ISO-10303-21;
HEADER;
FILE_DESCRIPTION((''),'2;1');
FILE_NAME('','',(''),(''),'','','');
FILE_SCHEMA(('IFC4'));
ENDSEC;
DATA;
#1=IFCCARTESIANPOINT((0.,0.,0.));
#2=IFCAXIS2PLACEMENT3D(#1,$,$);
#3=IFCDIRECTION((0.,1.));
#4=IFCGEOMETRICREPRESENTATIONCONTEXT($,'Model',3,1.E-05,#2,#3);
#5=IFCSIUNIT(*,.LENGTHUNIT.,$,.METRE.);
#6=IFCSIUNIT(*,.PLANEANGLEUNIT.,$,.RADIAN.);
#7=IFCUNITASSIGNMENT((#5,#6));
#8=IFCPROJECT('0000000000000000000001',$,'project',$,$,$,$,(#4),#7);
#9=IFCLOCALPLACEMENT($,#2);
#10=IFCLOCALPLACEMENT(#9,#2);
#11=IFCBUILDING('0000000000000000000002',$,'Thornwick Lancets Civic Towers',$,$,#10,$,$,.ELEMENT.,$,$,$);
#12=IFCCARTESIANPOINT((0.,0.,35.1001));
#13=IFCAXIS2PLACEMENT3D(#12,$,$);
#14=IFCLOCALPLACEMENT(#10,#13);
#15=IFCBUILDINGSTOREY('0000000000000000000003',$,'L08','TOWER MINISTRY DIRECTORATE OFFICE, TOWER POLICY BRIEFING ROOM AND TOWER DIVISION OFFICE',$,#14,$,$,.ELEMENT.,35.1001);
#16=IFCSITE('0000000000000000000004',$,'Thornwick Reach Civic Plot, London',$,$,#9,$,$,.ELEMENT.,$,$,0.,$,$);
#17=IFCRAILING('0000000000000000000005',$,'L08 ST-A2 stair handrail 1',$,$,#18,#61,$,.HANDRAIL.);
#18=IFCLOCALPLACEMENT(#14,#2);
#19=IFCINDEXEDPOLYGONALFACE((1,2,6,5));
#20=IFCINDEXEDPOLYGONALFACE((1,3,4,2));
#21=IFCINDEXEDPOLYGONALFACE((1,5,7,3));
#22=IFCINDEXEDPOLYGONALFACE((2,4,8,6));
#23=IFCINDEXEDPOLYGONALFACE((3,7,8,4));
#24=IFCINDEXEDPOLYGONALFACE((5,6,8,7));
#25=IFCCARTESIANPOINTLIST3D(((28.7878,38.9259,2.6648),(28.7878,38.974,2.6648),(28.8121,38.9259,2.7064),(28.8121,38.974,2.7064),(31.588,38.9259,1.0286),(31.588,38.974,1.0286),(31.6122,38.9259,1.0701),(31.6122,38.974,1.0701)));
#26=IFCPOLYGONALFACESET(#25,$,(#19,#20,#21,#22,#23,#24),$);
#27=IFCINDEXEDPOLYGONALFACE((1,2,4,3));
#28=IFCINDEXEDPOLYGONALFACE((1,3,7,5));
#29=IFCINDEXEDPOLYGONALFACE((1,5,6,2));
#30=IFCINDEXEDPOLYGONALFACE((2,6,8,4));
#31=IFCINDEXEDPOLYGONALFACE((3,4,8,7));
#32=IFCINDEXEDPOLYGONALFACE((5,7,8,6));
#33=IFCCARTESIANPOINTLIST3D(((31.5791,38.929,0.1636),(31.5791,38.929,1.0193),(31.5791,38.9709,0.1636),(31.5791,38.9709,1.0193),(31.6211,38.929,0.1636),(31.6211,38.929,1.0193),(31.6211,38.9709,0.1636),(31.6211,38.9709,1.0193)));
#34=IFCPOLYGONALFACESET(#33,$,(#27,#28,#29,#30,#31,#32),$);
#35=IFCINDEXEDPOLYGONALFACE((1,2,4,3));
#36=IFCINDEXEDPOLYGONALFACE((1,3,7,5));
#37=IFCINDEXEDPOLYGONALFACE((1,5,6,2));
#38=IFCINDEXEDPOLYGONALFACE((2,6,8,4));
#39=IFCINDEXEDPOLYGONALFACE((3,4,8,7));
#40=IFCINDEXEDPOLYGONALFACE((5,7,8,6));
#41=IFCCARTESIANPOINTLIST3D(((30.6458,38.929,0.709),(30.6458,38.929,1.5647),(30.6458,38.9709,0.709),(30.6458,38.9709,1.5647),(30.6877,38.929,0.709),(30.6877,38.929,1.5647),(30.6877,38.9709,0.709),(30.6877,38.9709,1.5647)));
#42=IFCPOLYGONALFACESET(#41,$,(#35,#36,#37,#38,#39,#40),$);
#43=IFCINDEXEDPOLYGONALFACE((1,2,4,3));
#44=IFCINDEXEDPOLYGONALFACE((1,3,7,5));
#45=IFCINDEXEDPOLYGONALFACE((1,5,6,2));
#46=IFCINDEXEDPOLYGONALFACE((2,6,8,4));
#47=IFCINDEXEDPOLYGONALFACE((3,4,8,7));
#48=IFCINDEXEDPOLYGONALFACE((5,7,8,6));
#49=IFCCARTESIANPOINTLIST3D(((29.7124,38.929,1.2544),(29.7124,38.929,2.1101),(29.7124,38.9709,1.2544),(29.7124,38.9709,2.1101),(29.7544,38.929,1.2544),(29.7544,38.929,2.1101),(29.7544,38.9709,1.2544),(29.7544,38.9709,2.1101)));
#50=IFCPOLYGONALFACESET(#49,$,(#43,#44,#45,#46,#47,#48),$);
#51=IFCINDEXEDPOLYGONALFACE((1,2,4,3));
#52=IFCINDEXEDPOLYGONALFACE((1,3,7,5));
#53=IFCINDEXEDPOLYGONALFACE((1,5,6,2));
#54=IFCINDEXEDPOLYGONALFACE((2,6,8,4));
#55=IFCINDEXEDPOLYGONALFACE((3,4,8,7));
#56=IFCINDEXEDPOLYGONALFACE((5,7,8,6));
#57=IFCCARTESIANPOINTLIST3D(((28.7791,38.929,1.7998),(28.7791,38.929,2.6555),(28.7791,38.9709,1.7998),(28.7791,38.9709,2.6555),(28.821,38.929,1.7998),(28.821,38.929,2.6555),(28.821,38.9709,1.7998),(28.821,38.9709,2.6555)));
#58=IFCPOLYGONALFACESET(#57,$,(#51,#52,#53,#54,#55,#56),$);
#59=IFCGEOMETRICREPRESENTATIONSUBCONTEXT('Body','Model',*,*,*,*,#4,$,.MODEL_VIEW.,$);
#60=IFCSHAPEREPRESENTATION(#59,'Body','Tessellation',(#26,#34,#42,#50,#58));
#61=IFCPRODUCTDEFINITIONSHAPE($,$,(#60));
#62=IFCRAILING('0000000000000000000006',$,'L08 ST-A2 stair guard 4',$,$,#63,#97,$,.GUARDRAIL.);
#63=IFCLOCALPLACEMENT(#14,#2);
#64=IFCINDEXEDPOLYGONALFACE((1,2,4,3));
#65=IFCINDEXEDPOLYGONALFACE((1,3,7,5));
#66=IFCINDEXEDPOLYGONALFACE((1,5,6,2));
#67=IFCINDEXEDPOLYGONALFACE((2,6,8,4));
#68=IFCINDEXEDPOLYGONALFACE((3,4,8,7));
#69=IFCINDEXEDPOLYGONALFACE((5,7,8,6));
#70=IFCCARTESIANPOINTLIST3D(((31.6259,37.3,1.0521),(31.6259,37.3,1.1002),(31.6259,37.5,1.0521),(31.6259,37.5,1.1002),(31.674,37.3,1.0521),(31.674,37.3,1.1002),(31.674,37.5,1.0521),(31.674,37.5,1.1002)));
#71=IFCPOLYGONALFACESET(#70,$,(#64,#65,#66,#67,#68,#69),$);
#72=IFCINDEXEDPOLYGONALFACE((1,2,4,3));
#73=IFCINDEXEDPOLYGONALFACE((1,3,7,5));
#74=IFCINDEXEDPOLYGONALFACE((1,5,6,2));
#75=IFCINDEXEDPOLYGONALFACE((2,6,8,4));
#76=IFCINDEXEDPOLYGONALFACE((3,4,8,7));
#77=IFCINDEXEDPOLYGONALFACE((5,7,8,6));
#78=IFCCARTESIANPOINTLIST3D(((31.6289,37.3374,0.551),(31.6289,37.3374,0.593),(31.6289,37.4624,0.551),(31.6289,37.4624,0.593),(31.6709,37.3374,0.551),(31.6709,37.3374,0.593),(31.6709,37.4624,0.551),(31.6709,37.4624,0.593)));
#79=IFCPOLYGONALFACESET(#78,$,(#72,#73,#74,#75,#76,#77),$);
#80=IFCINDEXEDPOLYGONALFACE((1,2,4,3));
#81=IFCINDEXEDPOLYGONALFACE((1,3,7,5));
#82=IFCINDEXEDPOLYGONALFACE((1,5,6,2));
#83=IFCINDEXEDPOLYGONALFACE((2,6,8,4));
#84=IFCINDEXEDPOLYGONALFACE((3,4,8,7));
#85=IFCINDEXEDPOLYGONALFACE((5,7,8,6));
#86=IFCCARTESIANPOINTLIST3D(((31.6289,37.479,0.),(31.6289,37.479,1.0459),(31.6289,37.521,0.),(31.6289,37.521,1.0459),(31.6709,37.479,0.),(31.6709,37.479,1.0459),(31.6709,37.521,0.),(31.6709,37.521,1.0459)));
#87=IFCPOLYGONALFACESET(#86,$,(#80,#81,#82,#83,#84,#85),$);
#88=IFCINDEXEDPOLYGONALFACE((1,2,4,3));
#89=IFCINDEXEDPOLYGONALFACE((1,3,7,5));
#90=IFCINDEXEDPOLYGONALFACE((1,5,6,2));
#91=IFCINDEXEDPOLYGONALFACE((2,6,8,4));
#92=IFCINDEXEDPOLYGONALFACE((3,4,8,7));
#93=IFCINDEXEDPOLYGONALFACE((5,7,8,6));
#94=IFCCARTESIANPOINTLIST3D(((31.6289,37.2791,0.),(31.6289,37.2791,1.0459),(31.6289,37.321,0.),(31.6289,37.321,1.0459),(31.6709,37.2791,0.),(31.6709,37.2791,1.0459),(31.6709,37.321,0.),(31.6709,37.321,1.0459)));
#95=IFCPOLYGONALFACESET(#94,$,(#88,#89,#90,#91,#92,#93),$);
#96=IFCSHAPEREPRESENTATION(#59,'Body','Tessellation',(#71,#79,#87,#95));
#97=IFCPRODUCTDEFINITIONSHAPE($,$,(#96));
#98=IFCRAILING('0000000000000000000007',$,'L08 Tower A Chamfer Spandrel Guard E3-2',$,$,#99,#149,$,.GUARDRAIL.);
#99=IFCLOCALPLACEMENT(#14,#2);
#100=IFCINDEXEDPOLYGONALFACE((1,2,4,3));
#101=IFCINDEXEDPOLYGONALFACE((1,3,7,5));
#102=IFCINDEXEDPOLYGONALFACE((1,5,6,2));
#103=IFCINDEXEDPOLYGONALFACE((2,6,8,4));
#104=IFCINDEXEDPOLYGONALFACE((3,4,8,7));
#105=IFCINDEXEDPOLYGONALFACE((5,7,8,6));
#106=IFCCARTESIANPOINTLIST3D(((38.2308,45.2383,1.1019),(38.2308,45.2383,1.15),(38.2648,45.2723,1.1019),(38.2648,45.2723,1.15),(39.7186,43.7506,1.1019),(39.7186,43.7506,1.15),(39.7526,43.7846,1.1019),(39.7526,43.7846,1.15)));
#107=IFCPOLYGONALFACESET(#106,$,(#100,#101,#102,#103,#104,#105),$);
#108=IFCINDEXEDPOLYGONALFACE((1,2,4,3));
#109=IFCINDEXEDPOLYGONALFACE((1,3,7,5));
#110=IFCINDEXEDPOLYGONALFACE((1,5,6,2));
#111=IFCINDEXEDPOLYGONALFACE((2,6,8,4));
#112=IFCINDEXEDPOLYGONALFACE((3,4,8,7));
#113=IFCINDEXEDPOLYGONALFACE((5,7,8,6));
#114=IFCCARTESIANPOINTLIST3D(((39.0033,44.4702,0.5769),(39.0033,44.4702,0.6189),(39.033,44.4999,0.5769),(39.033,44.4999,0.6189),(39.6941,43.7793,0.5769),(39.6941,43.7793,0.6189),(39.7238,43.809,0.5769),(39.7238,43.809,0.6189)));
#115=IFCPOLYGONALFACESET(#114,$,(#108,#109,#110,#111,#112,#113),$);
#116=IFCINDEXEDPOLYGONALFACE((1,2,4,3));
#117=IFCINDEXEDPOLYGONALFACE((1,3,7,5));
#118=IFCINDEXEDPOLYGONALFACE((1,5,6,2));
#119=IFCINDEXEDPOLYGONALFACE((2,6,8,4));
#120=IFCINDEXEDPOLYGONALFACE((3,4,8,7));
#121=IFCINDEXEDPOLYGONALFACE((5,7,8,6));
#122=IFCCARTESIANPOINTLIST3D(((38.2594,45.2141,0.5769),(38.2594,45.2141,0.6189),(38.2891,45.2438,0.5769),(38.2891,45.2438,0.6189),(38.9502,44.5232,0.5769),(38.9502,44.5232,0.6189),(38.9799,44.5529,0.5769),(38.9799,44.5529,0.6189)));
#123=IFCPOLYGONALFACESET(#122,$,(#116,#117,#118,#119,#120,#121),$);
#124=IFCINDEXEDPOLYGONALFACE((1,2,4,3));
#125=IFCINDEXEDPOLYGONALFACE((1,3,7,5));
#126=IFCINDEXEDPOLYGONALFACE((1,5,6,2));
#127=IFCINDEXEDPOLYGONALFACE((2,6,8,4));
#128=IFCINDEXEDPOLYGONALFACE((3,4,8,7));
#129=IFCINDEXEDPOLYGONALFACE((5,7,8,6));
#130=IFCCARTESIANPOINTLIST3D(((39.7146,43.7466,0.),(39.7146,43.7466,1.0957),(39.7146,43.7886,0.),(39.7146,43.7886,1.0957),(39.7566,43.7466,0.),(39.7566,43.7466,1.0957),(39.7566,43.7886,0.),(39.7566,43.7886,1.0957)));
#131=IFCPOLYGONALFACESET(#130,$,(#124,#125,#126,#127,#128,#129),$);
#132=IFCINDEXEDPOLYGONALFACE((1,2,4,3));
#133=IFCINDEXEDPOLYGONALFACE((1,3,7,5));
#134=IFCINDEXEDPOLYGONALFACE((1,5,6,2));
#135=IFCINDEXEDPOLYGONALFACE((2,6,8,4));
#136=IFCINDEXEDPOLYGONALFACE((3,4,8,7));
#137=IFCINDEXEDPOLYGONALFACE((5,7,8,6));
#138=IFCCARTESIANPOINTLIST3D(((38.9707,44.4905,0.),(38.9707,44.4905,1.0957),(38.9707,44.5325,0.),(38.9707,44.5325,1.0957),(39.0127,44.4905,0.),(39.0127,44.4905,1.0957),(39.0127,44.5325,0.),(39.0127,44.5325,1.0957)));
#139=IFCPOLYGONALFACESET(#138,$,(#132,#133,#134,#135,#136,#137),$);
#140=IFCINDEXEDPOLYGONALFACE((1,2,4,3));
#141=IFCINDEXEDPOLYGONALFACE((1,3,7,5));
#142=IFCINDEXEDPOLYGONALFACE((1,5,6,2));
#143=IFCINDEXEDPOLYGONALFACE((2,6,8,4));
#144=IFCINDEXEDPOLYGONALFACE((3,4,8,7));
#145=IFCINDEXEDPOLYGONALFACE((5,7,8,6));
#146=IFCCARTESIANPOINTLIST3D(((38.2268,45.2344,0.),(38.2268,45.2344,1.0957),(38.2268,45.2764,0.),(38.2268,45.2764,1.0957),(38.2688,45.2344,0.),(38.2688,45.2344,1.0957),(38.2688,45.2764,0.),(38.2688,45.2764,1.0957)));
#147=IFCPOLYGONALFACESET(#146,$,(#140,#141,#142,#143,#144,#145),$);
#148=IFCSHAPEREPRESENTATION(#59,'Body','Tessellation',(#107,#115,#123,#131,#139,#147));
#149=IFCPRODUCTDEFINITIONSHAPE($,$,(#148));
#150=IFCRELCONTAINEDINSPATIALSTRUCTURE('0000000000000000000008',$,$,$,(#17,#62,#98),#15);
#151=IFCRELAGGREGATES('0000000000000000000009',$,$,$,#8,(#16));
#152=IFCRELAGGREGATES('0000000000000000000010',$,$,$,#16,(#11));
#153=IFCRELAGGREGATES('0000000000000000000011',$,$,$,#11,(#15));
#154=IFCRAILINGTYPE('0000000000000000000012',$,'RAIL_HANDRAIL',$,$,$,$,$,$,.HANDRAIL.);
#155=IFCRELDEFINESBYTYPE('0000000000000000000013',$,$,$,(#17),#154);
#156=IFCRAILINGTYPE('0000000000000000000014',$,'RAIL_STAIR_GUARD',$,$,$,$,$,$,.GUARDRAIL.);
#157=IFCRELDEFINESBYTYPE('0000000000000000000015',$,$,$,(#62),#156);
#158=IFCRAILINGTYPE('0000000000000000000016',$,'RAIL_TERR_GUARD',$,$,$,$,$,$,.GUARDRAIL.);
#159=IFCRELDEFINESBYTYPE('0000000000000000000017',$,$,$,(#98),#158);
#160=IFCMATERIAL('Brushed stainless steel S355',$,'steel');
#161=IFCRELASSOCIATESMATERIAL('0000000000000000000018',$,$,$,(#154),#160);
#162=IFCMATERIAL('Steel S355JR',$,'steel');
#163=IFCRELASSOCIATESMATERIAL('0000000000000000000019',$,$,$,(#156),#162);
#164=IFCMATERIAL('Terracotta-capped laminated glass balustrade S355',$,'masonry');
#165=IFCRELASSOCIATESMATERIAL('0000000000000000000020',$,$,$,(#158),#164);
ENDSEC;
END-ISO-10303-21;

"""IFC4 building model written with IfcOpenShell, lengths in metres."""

from ifc_helpers import new_model, si_unit, direction, frame, origin, origin_2d, place, context, subcontext, project, spatial, rectangle, extrude, material, type_object, element, save


model = new_model("IFC4")

# Units and contexts
model_context = context("Model", 3, precision=1e-05, world=origin(), true_north=direction((0.0, 1.0)))
body_context = subcontext(model_context, "Body", "Model", "MODEL_VIEW")
ifc_project = project(units=[si_unit("LENGTHUNIT", "METRE"), si_unit("PLANEANGLEUNIT", "RADIAN")], contexts=[model_context])

# Site, building, storey
site_placement = place(None, origin())
site = spatial("IfcSite", under=ifc_project, at=site_placement, Name="Thornwick Reach Civic Plot, London", CompositionType="ELEMENT", RefElevation=0.0)
building_placement = place(site_placement, origin())
building = spatial("IfcBuilding", under=site, at=building_placement, Name="Thornwick Lancets Civic Towers", CompositionType="ELEMENT")
storey_placement = place(building_placement, frame((0.0, 0.0, 35.1001)))
storey = spatial("IfcBuildingStorey", under=building, at=storey_placement, Name="L08", Description="TOWER MINISTRY DIRECTORATE OFFICE, TOWER POLICY BRIEFING ROOM AND TOWER DIVISION OFFICE", CompositionType="ELEMENT", Elevation=35.1001)

# Shared definitions
ifc_material_1 = material(Name="Steel S355JR", Category="steel")

# Railings
ifc_material_2 = material(Name="Brushed stainless steel S355", Category="steel")
railing_type_1 = type_object("IfcRailingType", Name="RAIL_HANDRAIL", PredefinedType="HANDRAIL", material=ifc_material_2)
railing_1_placement = place(storey_placement, frame((31.6001, 38.95, 0.1636)))
element("IfcRailing", 1, at=railing_1_placement, inside=storey, type_object=railing_type_1, Name="L08 ST-A2 stair handrail 1", PredefinedType="HANDRAIL", context=body_context, shape_type="SweptSolid", body=[
    extrude(rectangle(XDim=0.0481, YDim=0.0481, at=origin_2d()), frame((0.0, 0.0, 0.8857), z_axis=(-0.863394, 0.0, 0.504531), x_axis=(0.0, -1.0, 0.0)), (0.0, 0.0, 1.0), 3.2432),
    extrude(rectangle(XDim=0.042, YDim=0.042, at=origin_2d()), origin(), (0.0, 0.0, 1.0), 0.8557),
    extrude(rectangle(XDim=0.042, YDim=0.042, at=origin_2d()), frame((-0.9333, 0.0, 0.5454)), (0.0, 0.0, 1.0), 0.8557),
    extrude(rectangle(XDim=0.042, YDim=0.042, at=origin_2d()), frame((-1.8667, 0.0, 1.0908)), (0.0, 0.0, 1.0), 0.8557),
    extrude(rectangle(XDim=0.042, YDim=0.042, at=origin_2d()), frame((-2.8, 0.0, 1.6362)), (0.0, 0.0, 1.0), 0.8557),
])
railing_type_2 = type_object("IfcRailingType", Name="RAIL_STAIR_GUARD", PredefinedType="GUARDRAIL", material=ifc_material_1)
railing_2_placement = place(storey_placement, frame((31.6499, 37.5, 0.0)))
element("IfcRailing", 2, at=railing_2_placement, inside=storey, type_object=railing_type_2, Name="L08 ST-A2 stair guard 4", PredefinedType="GUARDRAIL", context=body_context, shape_type="SweptSolid", body=[
    extrude(rectangle(XDim=0.0481, YDim=0.0481, at=origin_2d()), frame((0.0, 0.0, 1.0762), z_axis=(0.0, -1.0, 0.0), x_axis=(1.0, 0.0, 0.0)), (0.0, 0.0, 1.0), 0.2),
    extrude(rectangle(XDim=0.042, YDim=0.042, at=origin_2d()), frame((0.0, -0.0376, 0.572), z_axis=(0.0, -1.0, 0.0), x_axis=(1.0, 0.0, 0.0)), (0.0, 0.0, 1.0), 0.125),
    extrude(rectangle(XDim=0.042, YDim=0.042, at=origin_2d()), origin(), (0.0, 0.0, 1.0), 1.0459),
    extrude(rectangle(XDim=0.042, YDim=0.042, at=origin_2d()), frame((0.0, -0.2, 0.0)), (0.0, 0.0, 1.0), 1.0459),
])
ifc_material_3 = material(Name="Terracotta-capped laminated glass balustrade S355", Category="masonry")
railing_type_3 = type_object("IfcRailingType", Name="RAIL_TERR_GUARD", PredefinedType="GUARDRAIL", material=ifc_material_3)
railing_3_placement = place(storey_placement, frame((39.7356, 43.7676, 0.0)))
element("IfcRailing", 3, at=railing_3_placement, inside=storey, type_object=railing_type_3, Name="L08 Tower A Chamfer Spandrel Guard E3-2", PredefinedType="GUARDRAIL", context=body_context, shape_type="SweptSolid", body=[
    extrude(rectangle(XDim=0.0481, YDim=0.0481, at=origin_2d()), frame((0.0, 0.0, 1.126), z_axis=(-0.707107, 0.707107, 0.0), x_axis=(-0.707107, -0.707107, 0.0)), (0.0, 0.0, 1.0), 2.104),
    extrude(rectangle(XDim=0.042, YDim=0.042, at=origin_2d()), frame((-0.0266, 0.0266, 0.5979), z_axis=(-0.707107, 0.707107, 0.0), x_axis=(-0.707107, -0.707107, 0.0)), (0.0, 0.0, 1.0), 0.9771),
    extrude(rectangle(XDim=0.042, YDim=0.042, at=origin_2d()), frame((-0.7705, 0.7705, 0.5979), z_axis=(-0.707107, 0.707107, 0.0), x_axis=(-0.707107, -0.707107, 0.0)), (0.0, 0.0, 1.0), 0.9771),
    extrude(rectangle(XDim=0.042, YDim=0.042, at=origin_2d()), origin(), (0.0, 0.0, 1.0), 1.0957),
    extrude(rectangle(XDim=0.042, YDim=0.042, at=origin_2d()), frame((-0.7439, 0.7439, 0.0)), (0.0, 0.0, 1.0), 1.0957),
    extrude(rectangle(XDim=0.042, YDim=0.042, at=origin_2d()), frame((-1.4878, 1.4878, 0.0)), (0.0, 0.0, 1.0), 1.0957),
])

save(model, "model.ifc")
